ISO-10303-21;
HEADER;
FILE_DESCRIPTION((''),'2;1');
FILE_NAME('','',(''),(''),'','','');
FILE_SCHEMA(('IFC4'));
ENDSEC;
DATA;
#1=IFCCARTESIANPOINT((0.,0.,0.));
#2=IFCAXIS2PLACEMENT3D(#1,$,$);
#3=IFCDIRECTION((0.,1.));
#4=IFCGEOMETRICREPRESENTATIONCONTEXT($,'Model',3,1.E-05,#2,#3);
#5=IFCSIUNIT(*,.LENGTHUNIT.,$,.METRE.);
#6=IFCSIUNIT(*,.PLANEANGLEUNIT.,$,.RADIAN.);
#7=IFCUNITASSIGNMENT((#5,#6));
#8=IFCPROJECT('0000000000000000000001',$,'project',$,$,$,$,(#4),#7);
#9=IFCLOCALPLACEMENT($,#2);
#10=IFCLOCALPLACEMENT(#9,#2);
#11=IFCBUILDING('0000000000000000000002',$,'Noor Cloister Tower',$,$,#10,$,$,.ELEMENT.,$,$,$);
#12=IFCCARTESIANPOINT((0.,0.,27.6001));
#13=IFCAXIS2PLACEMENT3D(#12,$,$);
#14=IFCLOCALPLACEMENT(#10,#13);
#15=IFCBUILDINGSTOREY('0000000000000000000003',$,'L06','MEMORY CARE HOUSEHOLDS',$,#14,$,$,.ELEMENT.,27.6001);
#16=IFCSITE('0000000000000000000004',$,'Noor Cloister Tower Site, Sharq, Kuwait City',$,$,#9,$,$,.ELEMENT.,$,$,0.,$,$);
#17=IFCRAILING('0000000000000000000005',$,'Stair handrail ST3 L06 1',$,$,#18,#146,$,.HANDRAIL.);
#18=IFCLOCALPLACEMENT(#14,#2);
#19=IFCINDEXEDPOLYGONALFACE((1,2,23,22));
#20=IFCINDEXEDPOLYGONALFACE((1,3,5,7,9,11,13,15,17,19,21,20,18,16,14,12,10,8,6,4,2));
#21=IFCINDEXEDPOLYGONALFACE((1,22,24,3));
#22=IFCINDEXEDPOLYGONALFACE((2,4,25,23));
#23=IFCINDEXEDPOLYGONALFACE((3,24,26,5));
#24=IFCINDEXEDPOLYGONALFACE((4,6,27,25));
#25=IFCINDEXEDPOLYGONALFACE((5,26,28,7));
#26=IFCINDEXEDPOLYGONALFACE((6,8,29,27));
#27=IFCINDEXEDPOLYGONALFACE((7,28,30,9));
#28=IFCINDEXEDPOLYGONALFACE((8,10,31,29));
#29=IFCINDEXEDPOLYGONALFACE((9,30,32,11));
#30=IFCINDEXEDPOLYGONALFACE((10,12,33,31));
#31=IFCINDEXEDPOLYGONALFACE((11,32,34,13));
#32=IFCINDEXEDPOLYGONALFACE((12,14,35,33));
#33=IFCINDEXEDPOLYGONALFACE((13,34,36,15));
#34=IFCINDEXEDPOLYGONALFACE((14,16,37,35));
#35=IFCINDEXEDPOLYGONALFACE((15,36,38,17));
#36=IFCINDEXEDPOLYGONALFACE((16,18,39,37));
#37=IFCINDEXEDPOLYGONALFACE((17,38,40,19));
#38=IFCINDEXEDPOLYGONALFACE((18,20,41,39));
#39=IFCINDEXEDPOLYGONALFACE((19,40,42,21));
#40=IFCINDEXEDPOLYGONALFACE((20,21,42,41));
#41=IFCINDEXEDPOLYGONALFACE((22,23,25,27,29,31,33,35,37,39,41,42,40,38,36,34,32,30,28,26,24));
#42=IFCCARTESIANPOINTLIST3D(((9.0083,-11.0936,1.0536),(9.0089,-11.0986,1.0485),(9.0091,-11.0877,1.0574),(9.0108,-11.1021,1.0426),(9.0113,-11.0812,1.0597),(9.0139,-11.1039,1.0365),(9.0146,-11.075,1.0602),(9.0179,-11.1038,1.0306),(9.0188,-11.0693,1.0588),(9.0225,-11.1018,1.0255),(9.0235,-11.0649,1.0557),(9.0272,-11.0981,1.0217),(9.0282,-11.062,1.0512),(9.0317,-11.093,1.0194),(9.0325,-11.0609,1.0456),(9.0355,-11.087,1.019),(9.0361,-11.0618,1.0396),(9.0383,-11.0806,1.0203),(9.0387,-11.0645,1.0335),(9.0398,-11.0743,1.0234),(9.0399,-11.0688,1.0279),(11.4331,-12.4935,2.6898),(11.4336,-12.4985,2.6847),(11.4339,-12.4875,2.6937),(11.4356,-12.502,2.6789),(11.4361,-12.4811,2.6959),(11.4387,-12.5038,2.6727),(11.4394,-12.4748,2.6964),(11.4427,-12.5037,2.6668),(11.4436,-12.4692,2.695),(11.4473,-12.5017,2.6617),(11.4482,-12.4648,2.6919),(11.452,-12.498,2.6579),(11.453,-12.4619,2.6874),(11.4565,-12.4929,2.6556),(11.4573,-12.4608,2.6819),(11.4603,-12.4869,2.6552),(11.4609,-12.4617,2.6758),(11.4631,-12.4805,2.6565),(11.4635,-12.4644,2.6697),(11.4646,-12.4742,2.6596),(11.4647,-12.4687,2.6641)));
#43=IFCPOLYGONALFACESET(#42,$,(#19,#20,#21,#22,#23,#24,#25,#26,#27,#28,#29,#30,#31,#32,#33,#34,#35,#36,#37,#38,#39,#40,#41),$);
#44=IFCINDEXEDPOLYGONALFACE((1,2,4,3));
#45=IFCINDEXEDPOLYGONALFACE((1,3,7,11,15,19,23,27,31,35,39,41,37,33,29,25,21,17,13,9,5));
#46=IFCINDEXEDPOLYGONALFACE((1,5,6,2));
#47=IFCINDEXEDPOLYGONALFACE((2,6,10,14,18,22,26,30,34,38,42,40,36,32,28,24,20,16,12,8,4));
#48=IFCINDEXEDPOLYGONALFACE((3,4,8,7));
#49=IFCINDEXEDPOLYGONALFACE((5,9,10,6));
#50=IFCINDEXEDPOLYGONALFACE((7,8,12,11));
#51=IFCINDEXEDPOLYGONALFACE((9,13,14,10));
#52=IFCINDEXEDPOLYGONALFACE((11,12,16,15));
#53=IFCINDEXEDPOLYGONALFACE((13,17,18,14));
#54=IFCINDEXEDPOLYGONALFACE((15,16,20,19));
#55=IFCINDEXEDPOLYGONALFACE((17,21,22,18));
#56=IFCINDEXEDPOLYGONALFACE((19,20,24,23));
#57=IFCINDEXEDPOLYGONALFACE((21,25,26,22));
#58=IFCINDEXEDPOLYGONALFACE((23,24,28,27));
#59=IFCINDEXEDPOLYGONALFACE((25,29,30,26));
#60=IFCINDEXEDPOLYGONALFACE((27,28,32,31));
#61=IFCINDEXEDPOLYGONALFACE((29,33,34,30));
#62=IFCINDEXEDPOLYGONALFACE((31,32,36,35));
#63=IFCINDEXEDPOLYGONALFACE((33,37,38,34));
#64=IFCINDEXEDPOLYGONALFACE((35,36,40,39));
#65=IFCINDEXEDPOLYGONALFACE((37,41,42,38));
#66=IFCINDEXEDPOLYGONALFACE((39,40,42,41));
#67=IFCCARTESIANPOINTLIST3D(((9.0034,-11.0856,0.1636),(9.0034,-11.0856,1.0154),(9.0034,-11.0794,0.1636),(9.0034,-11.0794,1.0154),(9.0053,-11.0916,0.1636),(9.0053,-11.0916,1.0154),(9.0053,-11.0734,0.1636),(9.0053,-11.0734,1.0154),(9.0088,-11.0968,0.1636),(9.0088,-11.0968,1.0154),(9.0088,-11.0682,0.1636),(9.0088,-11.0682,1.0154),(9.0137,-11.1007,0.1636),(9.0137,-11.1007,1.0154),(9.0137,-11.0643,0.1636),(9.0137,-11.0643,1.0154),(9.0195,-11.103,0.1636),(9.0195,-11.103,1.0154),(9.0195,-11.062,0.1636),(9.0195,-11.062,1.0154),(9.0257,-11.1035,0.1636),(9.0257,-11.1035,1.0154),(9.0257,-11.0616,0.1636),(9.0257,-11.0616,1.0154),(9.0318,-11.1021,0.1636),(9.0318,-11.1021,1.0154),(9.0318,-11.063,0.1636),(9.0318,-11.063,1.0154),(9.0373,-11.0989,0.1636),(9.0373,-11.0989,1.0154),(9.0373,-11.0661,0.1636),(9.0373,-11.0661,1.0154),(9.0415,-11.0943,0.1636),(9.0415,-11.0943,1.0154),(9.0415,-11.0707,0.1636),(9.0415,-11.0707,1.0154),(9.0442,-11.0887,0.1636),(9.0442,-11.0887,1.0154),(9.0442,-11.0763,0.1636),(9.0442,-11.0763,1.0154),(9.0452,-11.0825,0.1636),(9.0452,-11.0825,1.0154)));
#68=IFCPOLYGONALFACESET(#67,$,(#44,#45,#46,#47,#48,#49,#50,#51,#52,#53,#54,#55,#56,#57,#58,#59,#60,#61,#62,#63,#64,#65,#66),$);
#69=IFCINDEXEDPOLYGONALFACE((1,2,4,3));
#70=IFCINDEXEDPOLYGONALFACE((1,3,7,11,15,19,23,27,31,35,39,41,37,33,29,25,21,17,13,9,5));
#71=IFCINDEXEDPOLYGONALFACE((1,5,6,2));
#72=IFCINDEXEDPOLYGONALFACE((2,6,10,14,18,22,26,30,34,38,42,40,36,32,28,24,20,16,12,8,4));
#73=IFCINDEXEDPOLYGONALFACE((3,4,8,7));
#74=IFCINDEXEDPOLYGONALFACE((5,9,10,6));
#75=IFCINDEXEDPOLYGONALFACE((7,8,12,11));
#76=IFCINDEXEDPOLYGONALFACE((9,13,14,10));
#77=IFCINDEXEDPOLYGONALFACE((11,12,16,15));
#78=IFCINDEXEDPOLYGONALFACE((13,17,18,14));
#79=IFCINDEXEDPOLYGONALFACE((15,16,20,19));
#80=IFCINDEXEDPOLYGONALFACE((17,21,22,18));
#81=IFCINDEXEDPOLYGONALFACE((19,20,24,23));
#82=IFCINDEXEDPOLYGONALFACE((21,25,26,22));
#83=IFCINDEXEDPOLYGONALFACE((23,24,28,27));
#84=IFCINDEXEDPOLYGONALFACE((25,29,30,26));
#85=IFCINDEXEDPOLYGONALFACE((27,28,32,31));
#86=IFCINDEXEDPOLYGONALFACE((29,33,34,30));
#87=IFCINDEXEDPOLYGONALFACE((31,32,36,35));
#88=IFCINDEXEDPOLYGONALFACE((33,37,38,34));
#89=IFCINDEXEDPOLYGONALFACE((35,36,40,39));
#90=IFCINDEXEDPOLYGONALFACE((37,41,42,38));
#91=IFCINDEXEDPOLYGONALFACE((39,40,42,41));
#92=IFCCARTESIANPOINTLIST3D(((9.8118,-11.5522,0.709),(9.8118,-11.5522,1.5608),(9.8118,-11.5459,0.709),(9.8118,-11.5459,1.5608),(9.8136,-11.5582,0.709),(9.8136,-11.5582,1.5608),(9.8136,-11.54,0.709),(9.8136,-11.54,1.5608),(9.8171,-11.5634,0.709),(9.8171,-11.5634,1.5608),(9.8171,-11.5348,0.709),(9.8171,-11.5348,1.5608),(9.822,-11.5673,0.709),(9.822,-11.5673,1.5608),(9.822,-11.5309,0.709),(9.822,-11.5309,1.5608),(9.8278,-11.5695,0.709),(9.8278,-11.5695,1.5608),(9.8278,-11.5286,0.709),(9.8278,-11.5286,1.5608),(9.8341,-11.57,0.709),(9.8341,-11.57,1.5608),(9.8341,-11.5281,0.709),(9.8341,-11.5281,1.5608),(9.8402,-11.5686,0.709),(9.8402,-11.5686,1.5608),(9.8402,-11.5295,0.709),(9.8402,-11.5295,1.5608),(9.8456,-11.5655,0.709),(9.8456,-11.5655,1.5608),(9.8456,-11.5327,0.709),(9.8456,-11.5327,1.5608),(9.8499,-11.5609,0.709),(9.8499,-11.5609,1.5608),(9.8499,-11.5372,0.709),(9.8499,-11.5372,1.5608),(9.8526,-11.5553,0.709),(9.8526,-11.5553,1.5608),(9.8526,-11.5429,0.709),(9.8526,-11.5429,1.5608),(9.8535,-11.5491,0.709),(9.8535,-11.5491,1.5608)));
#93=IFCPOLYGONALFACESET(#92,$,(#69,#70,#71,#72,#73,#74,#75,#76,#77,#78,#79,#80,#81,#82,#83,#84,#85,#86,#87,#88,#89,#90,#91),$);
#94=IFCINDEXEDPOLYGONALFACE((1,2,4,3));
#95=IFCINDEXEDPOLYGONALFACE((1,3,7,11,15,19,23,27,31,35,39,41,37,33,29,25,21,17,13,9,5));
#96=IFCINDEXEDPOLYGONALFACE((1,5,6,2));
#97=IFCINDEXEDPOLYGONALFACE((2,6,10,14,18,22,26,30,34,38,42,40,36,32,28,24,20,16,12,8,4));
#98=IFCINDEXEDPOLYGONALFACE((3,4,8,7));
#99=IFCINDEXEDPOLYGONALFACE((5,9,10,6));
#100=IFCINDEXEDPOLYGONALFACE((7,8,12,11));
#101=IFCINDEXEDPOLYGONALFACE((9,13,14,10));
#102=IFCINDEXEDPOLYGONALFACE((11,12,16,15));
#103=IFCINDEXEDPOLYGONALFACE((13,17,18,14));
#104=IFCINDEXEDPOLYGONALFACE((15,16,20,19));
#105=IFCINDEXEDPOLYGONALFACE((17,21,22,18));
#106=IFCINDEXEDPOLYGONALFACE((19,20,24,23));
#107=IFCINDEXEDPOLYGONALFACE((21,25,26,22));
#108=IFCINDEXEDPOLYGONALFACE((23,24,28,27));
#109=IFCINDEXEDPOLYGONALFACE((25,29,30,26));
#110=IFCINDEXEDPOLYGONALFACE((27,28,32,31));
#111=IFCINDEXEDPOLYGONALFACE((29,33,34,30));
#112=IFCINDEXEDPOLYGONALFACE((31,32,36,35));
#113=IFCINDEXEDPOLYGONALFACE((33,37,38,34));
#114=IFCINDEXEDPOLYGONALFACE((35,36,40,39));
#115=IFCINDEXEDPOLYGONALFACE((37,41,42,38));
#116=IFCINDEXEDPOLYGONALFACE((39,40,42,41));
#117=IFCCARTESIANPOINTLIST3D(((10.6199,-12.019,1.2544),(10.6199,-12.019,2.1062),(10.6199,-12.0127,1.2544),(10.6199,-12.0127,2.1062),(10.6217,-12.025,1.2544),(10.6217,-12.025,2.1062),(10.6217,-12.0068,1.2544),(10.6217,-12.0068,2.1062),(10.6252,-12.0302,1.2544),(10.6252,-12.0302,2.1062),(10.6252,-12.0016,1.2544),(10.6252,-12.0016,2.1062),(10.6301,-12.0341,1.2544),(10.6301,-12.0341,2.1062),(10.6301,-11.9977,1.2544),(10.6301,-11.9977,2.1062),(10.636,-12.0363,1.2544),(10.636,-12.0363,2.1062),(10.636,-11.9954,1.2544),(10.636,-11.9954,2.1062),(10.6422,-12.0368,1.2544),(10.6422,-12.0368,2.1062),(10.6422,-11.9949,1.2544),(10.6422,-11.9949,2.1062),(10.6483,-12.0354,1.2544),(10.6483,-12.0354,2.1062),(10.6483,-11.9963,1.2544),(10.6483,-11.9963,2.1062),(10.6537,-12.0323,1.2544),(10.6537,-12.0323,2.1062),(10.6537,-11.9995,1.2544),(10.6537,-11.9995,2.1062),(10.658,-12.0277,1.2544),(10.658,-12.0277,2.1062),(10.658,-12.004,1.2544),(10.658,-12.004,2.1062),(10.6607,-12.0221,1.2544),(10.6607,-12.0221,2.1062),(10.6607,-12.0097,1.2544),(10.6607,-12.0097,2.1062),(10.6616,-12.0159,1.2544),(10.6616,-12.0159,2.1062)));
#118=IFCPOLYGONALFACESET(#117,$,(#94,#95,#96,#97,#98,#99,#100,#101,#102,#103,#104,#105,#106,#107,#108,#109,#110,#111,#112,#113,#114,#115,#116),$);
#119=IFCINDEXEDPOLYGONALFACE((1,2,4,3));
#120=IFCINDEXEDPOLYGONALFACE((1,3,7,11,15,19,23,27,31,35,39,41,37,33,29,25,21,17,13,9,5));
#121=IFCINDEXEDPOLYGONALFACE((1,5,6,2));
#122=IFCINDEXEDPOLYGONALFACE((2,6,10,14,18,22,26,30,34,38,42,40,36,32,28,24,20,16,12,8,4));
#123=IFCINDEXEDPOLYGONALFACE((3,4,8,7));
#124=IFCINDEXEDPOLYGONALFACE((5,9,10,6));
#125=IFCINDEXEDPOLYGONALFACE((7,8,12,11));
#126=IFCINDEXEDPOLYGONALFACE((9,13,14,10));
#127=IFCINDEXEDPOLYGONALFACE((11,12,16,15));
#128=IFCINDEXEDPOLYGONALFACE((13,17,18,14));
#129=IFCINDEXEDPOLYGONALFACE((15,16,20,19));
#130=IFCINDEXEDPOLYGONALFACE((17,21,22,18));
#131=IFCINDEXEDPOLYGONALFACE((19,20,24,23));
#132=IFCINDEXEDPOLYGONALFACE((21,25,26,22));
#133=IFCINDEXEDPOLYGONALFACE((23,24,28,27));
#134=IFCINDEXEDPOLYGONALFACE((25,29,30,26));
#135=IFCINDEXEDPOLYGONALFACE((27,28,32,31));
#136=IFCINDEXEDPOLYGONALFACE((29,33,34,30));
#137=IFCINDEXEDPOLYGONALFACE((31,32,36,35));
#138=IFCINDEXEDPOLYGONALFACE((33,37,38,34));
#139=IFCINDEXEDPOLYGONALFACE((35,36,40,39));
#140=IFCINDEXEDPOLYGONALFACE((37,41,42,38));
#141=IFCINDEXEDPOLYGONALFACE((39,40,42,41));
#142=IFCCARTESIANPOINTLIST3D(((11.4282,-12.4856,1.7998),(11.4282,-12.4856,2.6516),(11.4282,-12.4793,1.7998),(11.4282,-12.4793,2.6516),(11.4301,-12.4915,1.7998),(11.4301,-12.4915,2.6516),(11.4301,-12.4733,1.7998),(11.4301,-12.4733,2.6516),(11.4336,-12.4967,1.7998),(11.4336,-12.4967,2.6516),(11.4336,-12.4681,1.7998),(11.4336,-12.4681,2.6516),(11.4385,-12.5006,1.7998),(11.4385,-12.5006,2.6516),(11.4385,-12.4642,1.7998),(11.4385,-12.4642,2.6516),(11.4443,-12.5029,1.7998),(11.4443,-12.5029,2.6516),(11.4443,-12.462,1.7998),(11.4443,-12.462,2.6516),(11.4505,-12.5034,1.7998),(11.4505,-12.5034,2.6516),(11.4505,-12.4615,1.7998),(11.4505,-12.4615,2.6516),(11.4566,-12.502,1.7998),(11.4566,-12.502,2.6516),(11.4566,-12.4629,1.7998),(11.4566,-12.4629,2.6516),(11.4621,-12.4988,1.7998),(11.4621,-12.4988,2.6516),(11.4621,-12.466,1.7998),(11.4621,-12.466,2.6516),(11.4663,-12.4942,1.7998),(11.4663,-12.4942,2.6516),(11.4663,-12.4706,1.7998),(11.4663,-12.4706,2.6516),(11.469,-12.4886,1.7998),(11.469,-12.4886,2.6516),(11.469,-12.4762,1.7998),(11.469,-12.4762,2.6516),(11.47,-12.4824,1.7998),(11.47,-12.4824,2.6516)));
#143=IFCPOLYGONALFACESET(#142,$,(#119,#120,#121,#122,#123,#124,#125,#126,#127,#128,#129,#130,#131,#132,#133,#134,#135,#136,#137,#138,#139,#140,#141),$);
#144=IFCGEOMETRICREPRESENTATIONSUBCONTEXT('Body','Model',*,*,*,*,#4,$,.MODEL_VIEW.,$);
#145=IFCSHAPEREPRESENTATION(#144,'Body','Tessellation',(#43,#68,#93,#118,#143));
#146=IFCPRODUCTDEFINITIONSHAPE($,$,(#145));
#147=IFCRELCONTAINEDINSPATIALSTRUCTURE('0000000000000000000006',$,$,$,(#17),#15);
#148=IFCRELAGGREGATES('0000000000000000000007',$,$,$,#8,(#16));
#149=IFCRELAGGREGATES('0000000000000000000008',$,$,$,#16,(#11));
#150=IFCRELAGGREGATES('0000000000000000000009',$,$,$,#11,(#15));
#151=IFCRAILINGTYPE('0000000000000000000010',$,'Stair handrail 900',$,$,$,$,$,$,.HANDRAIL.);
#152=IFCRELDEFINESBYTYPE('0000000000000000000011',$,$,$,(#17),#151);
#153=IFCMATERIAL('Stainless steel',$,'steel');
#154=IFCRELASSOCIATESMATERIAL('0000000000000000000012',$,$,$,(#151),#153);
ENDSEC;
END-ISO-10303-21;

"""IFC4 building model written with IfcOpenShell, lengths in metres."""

from ifc_helpers import new_model, si_unit, direction, frame, origin, origin_2d, place, context, subcontext, project, spatial, circle, extrude, material, type_object, element, save


model = new_model("IFC4")

# Units and contexts
model_context = context("Model", 3, precision=1e-05, world=origin(), true_north=direction((0.0, 1.0)))
body_context = subcontext(model_context, "Body", "Model", "MODEL_VIEW")
ifc_project = project(units=[si_unit("LENGTHUNIT", "METRE"), si_unit("PLANEANGLEUNIT", "RADIAN")], contexts=[model_context])

# Site, building, storey
site_placement = place(None, origin())
site = spatial("IfcSite", under=ifc_project, at=site_placement, Name="Noor Cloister Tower Site, Sharq, Kuwait City", CompositionType="ELEMENT", RefElevation=0.0)
building_placement = place(site_placement, origin())
building = spatial("IfcBuilding", under=site, at=building_placement, Name="Noor Cloister Tower", CompositionType="ELEMENT")
storey_placement = place(building_placement, frame((0.0, 0.0, 27.6001)))
storey = spatial("IfcBuildingStorey", under=building, at=storey_placement, Name="L06", Description="MEMORY CARE HOUSEHOLDS", CompositionType="ELEMENT", Elevation=27.6001)

# Railing
ifc_material_1 = material(Name="Stainless steel", Category="steel")
railing_type = type_object("IfcRailingType", Name="Stair handrail 900", PredefinedType="HANDRAIL", material=ifc_material_1)
railing_placement = place(storey_placement, frame((9.0242, -11.0825, 0.1636)))
element("IfcRailing", 1, at=railing_placement, inside=storey, type_object=railing_type, Name="Stair handrail ST3 L06 1", PredefinedType="HANDRAIL", context=body_context, shape_type="SweptSolid", body=[
    extrude(circle(Radius=0.0239, at=origin_2d()), frame((0.0, 0.0, 0.876), z_axis=(0.747718, -0.431677, 0.504552), x_axis=(0.499984, 0.866035, 0.0)), (0.0, 0.0, 1.0), 3.2429),
    extrude(circle(Radius=0.021, at=origin_2d()), origin(), (0.0, 0.0, 1.0), 0.8518),
    extrude(circle(Radius=0.021, at=origin_2d()), frame((0.8083, -0.4666, 0.5454)), (0.0, 0.0, 1.0), 0.8518),
    extrude(circle(Radius=0.021, at=origin_2d()), frame((1.6165, -0.9333, 1.0908)), (0.0, 0.0, 1.0), 0.8518),
    extrude(circle(Radius=0.021, at=origin_2d()), frame((2.4248, -1.3999, 1.6362)), (0.0, 0.0, 1.0), 0.8518),
])

save(model, "model.ifc")
